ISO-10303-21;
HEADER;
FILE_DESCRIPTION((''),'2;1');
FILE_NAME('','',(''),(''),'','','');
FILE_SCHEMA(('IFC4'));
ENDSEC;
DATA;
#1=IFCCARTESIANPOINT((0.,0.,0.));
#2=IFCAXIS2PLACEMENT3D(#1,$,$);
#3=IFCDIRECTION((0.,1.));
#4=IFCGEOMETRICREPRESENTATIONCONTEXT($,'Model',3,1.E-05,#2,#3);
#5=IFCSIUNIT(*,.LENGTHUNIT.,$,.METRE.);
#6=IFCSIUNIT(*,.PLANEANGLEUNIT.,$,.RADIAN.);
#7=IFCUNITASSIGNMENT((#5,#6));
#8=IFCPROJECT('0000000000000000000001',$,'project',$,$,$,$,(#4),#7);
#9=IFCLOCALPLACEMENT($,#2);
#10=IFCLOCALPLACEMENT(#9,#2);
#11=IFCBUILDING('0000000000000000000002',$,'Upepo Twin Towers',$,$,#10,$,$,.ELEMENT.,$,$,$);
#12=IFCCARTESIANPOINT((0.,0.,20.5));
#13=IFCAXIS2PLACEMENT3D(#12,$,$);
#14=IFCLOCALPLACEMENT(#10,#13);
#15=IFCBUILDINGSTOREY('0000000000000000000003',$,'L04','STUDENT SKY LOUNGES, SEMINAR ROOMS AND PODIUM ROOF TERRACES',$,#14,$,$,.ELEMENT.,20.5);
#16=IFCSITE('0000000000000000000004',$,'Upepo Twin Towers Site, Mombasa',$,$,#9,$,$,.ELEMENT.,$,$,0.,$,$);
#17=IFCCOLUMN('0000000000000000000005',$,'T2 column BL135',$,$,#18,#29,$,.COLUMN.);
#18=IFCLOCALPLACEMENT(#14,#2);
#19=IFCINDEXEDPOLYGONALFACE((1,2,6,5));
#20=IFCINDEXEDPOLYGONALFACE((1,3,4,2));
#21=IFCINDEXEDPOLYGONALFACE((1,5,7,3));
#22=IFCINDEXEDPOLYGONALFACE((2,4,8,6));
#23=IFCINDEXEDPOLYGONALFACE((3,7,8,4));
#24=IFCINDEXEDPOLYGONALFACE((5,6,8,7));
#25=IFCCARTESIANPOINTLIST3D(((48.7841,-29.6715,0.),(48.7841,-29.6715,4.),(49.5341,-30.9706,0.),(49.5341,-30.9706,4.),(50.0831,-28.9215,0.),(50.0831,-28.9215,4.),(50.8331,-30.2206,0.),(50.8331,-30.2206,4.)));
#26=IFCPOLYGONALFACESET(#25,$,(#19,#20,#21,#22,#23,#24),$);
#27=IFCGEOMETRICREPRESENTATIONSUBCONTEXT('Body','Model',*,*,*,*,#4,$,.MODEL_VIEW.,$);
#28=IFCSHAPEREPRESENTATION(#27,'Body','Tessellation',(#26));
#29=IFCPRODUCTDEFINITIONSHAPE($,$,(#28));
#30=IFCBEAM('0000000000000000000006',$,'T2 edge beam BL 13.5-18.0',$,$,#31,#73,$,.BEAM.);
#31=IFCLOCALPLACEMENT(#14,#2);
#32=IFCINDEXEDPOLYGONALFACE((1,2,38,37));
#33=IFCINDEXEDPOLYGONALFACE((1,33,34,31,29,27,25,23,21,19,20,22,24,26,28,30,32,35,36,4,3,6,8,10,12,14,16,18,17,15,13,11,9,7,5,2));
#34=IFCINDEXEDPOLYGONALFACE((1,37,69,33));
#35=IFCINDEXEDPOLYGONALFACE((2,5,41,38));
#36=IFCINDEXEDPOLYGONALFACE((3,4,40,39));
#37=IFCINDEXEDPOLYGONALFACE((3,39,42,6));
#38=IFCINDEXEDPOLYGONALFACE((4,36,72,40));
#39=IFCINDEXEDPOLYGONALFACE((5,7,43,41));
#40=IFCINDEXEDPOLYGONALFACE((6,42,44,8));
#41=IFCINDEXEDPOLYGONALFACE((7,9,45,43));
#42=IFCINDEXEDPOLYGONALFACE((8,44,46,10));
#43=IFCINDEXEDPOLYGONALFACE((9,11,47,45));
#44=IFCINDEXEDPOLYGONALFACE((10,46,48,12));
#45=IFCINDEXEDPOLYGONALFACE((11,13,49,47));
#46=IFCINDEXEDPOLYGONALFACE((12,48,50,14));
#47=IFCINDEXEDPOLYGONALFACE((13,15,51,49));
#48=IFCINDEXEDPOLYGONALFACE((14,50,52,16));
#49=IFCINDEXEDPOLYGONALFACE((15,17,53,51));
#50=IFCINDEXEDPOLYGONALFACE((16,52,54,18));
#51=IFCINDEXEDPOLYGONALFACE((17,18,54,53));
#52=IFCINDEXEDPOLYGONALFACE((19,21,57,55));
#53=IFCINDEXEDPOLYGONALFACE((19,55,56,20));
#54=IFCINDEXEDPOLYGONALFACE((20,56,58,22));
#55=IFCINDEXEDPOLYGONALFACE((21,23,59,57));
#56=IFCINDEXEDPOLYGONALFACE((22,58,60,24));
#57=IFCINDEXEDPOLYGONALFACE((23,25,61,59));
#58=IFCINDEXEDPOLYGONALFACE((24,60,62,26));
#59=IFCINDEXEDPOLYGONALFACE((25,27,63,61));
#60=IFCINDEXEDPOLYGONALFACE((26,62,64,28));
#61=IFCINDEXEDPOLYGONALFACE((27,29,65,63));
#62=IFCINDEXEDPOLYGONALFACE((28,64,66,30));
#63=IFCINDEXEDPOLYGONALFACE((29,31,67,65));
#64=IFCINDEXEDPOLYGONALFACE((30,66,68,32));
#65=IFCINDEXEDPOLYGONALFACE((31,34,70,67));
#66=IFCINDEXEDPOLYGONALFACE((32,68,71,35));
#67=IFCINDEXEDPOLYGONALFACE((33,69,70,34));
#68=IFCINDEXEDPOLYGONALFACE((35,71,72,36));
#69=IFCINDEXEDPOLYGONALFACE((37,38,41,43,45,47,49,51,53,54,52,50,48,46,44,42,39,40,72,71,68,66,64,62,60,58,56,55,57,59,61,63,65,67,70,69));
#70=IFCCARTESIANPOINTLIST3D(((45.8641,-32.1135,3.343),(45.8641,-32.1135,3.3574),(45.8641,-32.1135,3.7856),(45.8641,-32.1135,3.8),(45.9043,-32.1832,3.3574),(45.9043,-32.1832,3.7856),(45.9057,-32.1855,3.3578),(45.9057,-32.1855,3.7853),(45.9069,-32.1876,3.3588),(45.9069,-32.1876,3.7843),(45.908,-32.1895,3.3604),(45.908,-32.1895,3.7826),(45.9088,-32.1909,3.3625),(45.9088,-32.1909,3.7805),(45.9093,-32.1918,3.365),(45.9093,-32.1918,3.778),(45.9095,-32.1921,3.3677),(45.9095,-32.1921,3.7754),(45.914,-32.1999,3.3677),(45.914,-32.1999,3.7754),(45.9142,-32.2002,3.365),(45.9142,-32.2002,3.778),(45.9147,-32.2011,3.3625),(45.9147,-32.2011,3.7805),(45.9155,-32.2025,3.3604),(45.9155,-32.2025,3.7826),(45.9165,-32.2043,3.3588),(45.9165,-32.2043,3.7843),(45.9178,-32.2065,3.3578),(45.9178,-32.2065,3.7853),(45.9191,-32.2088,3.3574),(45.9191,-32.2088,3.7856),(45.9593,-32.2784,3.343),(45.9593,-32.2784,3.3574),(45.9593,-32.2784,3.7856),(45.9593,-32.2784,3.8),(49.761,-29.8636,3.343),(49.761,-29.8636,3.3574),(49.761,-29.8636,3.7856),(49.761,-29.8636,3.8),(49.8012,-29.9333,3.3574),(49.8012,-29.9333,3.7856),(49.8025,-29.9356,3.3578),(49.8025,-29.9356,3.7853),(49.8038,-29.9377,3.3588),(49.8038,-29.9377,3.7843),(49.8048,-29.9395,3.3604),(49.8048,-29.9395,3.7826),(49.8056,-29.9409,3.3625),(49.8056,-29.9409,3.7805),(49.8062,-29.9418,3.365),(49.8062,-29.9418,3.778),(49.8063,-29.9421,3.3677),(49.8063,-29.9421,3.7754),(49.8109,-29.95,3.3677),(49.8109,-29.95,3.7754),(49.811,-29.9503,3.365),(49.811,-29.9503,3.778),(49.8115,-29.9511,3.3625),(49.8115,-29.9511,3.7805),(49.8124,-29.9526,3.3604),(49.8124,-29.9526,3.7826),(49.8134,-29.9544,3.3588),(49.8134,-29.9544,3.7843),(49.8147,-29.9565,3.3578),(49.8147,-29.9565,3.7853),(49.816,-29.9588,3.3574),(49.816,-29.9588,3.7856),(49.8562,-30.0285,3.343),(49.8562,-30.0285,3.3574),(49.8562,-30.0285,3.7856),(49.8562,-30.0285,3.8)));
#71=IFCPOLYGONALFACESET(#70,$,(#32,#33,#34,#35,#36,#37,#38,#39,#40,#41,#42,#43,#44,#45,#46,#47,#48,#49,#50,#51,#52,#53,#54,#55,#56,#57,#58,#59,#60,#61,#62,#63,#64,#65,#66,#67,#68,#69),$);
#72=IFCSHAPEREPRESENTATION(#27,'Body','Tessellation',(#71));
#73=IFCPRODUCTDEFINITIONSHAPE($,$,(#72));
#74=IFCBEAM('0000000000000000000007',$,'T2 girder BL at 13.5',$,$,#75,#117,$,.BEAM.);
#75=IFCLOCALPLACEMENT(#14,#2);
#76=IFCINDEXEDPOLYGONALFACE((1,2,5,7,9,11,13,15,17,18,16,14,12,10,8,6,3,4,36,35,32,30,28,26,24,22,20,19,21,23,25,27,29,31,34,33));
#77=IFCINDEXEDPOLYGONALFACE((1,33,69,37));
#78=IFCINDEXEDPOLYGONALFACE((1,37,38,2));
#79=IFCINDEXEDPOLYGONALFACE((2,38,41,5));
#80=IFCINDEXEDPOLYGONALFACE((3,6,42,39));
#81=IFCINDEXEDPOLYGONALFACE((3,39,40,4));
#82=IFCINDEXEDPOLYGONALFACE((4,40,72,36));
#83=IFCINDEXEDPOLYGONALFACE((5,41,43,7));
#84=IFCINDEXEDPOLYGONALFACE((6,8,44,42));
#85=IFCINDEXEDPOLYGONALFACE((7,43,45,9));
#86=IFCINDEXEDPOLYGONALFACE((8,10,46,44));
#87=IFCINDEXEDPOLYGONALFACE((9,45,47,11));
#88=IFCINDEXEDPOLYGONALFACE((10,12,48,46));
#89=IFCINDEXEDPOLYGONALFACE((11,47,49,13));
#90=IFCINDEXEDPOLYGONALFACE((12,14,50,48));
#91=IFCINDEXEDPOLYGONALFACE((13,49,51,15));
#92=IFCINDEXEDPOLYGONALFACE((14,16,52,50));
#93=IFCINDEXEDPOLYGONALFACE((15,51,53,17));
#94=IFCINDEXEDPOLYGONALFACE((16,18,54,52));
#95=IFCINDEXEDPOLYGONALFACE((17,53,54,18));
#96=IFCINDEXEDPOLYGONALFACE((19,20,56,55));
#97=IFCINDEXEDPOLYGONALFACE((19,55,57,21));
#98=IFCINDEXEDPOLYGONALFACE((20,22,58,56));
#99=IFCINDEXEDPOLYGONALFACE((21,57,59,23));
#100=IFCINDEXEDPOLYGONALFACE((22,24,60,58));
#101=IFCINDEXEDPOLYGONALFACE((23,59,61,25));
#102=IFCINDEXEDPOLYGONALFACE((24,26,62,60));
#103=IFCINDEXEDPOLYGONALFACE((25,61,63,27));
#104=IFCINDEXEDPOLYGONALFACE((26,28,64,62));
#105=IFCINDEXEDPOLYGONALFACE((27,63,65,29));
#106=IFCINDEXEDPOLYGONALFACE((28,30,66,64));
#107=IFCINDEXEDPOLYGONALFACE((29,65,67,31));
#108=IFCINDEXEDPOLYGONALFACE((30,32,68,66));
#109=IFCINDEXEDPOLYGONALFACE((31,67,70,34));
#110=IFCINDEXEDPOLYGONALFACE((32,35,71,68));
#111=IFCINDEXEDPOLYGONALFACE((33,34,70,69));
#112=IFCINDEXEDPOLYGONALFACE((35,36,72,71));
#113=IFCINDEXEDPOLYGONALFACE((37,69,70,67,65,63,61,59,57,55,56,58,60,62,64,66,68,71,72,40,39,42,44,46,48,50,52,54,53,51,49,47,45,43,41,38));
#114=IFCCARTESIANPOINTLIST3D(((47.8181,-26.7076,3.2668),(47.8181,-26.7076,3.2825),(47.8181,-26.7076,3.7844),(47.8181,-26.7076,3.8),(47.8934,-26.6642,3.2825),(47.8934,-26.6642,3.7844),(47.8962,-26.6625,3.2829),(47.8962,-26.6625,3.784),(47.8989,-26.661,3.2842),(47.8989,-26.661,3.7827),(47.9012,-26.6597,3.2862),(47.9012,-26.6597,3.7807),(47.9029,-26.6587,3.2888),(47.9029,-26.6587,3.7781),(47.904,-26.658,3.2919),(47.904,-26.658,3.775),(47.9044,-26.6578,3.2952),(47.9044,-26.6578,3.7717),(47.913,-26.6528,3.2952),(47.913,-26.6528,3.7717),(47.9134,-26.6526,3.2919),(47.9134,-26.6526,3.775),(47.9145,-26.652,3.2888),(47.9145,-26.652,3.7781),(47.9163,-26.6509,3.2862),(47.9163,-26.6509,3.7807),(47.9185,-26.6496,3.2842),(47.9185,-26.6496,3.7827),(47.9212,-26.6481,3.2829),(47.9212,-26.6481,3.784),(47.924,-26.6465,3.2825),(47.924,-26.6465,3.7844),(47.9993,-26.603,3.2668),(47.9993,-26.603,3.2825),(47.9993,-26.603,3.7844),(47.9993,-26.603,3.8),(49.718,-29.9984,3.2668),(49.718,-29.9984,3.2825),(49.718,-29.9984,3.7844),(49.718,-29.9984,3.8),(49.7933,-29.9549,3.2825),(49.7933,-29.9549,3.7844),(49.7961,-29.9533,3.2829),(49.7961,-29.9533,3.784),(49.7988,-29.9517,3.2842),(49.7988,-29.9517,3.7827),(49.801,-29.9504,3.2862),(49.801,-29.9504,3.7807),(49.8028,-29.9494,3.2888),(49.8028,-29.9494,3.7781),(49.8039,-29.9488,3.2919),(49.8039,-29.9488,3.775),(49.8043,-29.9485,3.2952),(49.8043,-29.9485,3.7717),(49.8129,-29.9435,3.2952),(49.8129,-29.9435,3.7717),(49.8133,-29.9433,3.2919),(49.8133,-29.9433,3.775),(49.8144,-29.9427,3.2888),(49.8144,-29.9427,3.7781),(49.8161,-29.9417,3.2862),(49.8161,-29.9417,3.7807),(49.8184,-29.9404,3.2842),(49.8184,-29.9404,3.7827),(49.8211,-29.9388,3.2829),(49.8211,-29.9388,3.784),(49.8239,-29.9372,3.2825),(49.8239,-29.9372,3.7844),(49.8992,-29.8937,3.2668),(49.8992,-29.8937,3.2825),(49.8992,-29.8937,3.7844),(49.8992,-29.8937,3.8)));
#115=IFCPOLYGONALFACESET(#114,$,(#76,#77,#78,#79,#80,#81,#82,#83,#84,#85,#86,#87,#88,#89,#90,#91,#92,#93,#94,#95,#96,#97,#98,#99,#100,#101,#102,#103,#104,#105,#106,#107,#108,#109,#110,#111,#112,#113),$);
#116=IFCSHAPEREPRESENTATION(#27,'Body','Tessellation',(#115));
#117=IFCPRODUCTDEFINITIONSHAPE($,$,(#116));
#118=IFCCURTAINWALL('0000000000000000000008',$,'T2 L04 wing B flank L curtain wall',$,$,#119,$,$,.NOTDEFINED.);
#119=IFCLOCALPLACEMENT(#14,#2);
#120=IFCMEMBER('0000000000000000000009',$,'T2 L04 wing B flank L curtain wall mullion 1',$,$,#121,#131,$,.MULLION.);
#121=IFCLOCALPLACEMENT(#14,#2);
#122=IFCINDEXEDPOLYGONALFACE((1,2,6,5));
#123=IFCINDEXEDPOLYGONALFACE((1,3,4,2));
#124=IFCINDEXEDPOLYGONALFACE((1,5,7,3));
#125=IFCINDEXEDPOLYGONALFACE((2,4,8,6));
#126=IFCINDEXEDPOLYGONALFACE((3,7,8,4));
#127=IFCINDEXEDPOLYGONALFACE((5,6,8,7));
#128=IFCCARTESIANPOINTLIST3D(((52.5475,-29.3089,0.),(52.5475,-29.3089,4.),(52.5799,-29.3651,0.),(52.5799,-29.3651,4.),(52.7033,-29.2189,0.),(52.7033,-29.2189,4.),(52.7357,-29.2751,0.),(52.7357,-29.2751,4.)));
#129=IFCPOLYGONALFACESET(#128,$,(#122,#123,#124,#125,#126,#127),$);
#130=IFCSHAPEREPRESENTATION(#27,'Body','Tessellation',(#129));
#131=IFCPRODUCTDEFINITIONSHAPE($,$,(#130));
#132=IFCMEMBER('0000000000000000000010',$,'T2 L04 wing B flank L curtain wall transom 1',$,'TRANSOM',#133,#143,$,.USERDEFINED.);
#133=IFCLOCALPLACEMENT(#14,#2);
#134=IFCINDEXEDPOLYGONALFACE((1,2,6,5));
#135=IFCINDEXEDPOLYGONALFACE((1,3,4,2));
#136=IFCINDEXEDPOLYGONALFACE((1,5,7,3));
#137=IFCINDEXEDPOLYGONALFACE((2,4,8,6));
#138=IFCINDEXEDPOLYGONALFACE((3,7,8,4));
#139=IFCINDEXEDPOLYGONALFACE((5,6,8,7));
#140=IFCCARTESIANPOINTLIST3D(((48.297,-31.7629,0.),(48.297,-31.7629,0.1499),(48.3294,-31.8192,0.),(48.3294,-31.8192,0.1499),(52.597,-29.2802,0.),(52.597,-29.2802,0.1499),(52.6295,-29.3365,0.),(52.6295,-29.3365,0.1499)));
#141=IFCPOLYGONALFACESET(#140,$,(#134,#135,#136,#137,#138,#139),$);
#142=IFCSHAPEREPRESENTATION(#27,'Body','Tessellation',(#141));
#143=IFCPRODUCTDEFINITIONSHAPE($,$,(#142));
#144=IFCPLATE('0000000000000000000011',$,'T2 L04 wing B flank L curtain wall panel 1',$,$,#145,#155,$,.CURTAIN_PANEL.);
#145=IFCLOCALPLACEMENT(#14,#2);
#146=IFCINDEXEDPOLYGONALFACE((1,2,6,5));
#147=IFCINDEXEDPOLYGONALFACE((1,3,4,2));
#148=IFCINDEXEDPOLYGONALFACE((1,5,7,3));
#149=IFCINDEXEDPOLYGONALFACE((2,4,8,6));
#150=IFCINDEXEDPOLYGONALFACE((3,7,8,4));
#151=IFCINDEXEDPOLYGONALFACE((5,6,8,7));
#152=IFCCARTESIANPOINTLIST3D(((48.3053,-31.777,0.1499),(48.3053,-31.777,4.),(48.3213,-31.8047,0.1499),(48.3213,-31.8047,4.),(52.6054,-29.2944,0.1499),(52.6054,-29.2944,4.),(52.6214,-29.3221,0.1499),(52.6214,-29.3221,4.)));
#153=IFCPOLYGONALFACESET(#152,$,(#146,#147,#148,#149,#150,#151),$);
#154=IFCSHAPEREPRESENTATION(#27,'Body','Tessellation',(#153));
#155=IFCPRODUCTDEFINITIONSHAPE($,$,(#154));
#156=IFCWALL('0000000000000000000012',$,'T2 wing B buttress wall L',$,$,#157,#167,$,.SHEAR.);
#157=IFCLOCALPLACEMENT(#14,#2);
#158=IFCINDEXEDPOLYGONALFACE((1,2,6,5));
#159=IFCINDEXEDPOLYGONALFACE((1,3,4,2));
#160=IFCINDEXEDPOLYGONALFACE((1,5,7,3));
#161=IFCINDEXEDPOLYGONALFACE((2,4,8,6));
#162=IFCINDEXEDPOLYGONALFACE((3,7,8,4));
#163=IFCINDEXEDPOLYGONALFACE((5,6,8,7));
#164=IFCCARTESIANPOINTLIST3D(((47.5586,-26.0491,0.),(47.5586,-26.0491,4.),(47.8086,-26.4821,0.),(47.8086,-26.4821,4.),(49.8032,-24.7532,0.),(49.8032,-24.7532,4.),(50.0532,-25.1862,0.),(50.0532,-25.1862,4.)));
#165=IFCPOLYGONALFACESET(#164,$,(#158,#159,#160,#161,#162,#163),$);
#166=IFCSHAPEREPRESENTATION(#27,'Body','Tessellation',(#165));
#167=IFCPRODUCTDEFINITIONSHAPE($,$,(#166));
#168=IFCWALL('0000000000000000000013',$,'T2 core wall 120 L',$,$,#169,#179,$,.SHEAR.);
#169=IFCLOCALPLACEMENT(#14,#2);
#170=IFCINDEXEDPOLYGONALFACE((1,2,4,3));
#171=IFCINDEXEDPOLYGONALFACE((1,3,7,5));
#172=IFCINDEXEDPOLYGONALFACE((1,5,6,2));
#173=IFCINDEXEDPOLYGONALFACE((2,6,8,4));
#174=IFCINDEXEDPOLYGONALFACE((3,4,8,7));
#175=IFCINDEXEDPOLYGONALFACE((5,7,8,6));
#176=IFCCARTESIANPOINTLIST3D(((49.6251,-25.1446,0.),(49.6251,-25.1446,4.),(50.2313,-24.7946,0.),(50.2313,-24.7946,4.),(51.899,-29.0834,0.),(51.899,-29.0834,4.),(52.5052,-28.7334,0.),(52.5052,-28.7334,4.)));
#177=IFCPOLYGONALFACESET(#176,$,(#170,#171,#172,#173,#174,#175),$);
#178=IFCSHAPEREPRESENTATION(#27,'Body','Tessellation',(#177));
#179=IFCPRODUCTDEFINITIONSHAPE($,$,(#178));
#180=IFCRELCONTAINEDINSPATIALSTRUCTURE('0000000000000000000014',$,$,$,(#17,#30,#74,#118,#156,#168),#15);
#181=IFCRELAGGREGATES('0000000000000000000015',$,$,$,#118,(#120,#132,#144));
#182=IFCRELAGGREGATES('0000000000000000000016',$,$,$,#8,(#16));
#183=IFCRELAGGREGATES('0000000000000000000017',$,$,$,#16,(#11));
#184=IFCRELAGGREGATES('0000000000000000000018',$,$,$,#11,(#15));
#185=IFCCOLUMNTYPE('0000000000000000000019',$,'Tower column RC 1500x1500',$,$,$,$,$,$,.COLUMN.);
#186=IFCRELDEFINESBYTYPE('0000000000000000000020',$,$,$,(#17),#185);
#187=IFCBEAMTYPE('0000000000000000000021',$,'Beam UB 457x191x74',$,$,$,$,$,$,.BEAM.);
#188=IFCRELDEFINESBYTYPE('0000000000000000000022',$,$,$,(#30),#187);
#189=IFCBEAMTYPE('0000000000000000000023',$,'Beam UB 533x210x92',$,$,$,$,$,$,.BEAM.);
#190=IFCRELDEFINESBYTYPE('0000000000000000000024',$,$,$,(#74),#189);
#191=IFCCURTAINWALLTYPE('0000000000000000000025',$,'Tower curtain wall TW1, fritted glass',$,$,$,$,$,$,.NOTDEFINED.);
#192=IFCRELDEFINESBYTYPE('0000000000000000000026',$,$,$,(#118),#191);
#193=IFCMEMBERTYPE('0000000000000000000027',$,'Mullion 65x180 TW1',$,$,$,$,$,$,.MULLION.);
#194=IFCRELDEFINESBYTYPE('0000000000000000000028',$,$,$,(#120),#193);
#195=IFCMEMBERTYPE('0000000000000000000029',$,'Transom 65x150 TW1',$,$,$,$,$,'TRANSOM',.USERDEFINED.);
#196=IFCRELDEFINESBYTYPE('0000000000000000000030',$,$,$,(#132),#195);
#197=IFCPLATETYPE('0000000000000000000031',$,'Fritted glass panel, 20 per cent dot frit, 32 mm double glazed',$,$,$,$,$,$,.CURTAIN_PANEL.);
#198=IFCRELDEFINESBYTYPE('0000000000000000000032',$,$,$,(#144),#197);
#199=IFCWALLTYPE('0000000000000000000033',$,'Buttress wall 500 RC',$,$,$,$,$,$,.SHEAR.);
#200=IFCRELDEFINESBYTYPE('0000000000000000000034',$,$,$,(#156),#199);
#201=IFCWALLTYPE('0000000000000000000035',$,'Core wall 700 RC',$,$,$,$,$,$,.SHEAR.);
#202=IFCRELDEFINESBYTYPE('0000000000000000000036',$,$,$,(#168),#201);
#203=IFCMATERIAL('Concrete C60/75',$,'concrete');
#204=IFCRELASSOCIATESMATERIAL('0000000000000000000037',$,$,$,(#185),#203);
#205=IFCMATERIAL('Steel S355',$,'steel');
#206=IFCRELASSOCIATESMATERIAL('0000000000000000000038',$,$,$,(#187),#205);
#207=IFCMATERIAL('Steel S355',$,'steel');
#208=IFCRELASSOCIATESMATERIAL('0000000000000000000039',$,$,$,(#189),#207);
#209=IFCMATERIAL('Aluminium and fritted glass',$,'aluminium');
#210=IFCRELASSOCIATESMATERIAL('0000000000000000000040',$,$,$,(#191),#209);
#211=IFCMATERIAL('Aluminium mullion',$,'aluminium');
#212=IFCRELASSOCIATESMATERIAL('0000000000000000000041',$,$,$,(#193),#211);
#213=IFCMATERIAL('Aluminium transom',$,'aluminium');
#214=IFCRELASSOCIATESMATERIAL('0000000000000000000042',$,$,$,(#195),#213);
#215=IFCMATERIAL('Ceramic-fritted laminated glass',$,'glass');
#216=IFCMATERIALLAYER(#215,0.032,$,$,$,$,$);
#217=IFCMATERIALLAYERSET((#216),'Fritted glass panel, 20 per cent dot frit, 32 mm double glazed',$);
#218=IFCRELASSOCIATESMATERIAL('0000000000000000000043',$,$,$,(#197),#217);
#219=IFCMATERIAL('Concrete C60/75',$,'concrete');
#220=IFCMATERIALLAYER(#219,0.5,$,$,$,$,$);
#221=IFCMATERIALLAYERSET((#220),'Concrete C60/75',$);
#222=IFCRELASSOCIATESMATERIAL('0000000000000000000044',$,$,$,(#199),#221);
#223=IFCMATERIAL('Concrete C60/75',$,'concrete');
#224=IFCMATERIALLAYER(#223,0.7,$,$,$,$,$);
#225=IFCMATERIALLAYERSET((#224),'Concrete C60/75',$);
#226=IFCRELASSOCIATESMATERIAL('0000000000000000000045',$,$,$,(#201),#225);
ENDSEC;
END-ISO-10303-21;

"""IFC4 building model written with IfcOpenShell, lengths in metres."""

from ifc_helpers import new_model, si_unit, direction, frame, frame_2d, origin, origin_2d, place, context, subcontext, project, spatial, rectangle, i_section, extrude, material, layer, layer_set, material_profile, profile_set, type_object, element, aggregate, save


model = new_model("IFC4")

# Units and contexts
model_context = context("Model", 3, precision=1e-05, world=origin(), true_north=direction((0.0, 1.0)))
body_context = subcontext(model_context, "Body", "Model", "MODEL_VIEW")
ifc_project = project(units=[si_unit("LENGTHUNIT", "METRE"), si_unit("PLANEANGLEUNIT", "RADIAN")], contexts=[model_context])

# Site, building, storey
site_placement = place(None, origin())
site = spatial("IfcSite", under=ifc_project, at=site_placement, Name="Upepo Twin Towers Site, Mombasa", CompositionType="ELEMENT", RefElevation=0.0)
building_placement = place(site_placement, origin())
building = spatial("IfcBuilding", under=site, at=building_placement, Name="Upepo Twin Towers", CompositionType="ELEMENT")
storey_placement = place(building_placement, frame((0.0, 0.0, 20.5)))
storey = spatial("IfcBuildingStorey", under=building, at=storey_placement, Name="L04", Description="STUDENT SKY LOUNGES, SEMINAR ROOMS AND PODIUM ROOF TERRACES", CompositionType="ELEMENT", Elevation=20.5)

# Column
ifc_material_1 = material(Name="Concrete C60/75", Category="concrete")
ifc_material_profile_1 = material_profile(ifc_material_1, rectangle(XDim=1.5, YDim=1.5, at=origin_2d()), Name="RC 1500x1500")
ifc_profile_set_1 = profile_set([ifc_material_profile_1], Name="Concrete C60/75")
column_type = type_object("IfcColumnType", Name="Tower column RC 1500x1500", PredefinedType="COLUMN", material=ifc_profile_set_1)
column_placement = place(storey_placement, frame((49.8086, -29.946, 0.0), z_axis=(0.0, 0.0, 1.0), x_axis=(0.866025, 0.5, 0.0)))
element("IfcColumn", 1, at=column_placement, inside=storey, type_object=column_type, Name="T2 column BL135", PredefinedType="COLUMN", context=body_context, shape_type="SweptSolid", body=[
    extrude(rectangle(XDim=1.5, YDim=1.5, at=origin_2d()), origin(), (0.0, 0.0, 1.0), 4.0),
])

# Beams
ifc_material_2 = material(Name="Steel S355", Category="steel")
ifc_material_profile_2 = material_profile(ifc_material_2, i_section(OverallWidth=0.1904, OverallDepth=0.457, WebThickness=0.009, FlangeThickness=0.0144, FilletRadius=0.0103, at=origin_2d()), Name="UB 457x191x74")
ifc_profile_set_2 = profile_set([ifc_material_profile_2], Name="Steel S355")
beam_type_1 = type_object("IfcBeamType", Name="Beam UB 457x191x74", PredefinedType="BEAM", material=ifc_profile_set_2)
beam_1_placement = place(storey_placement, frame((49.8086, -29.946, 3.5715), z_axis=(-0.866018, -0.500014, 0.0), x_axis=(0.500014, -0.866018, 0.0)))
element("IfcBeam", 2, at=beam_1_placement, inside=storey, type_object=beam_type_1, Name="T2 edge beam BL 13.5-18.0", PredefinedType="BEAM", context=body_context, shape_type="SweptSolid", body=[
    extrude(i_section(OverallWidth=0.1904, OverallDepth=0.457, WebThickness=0.009, FlangeThickness=0.0144, FilletRadius=0.0103, at=origin_2d()), origin(), (0.0, 0.0, 1.0), 4.4998),
])
ifc_material_3 = material(Name="Steel S355", Category="steel")
ifc_material_profile_3 = material_profile(ifc_material_3, i_section(OverallWidth=0.2092, OverallDepth=0.5332, WebThickness=0.01, FlangeThickness=0.0156, FilletRadius=0.0127, at=origin_2d()), Name="UB 533x210x92")
ifc_profile_set_3 = profile_set([ifc_material_profile_3], Name="Steel S355")
beam_type_2 = type_object("IfcBeamType", Name="Beam UB 533x210x92", PredefinedType="BEAM", material=ifc_profile_set_3)
beam_2_placement = place(storey_placement, frame((49.8086, -29.946, 3.5334), z_axis=(-0.499995, 0.866028, 0.0), x_axis=(-0.866028, -0.499995, 0.0)))
element("IfcBeam", 3, at=beam_2_placement, inside=storey, type_object=beam_type_2, Name="T2 girder BL at 13.5", PredefinedType="BEAM", context=body_context, shape_type="SweptSolid", body=[
    extrude(i_section(OverallWidth=0.2092, OverallDepth=0.5332, WebThickness=0.01, FlangeThickness=0.0156, FilletRadius=0.0127, at=origin_2d()), origin(), (0.0, 0.0, 1.0), 3.7998),
])

# Curtain wall, members, plate
ifc_material_4 = material(Name="Aluminium and fritted glass", Category="aluminium")
curtain_wall_type = type_object("IfcCurtainWallType", Name="Tower curtain wall TW1, fritted glass", PredefinedType="NOTDEFINED", material=ifc_material_4)
curtain_wall_placement = place(storey_placement, origin())
curtain_wall = element("IfcCurtainWall", 4, at=curtain_wall_placement, inside=storey, type_object=curtain_wall_type, Name="T2 L04 wing B flank L curtain wall", PredefinedType="NOTDEFINED")
ifc_material_5 = material(Name="Aluminium mullion", Category="aluminium")
ifc_material_profile_4 = material_profile(ifc_material_5, rectangle(XDim=0.0649, YDim=0.1799, at=origin_2d()), Name="MULLION 65x180")
ifc_profile_set_4 = profile_set([ifc_material_profile_4], Name="Aluminium mullion")
member_type_1 = type_object("IfcMemberType", Name="Mullion 65x180 TW1", PredefinedType="MULLION", material=ifc_profile_set_4)
member_1_placement = place(storey_placement, frame((52.6416, -29.292, 0.0), z_axis=(0.0, 0.0, 1.0), x_axis=(0.5, -0.866025, 0.0)))
member_1 = element("IfcMember", 5, at=member_1_placement, type_object=member_type_1, Name="T2 L04 wing B flank L curtain wall mullion 1", PredefinedType="MULLION", context=body_context, shape_type="SweptSolid", body=[
    extrude(rectangle(XDim=0.0649, YDim=0.1799, at=origin_2d()), origin(), (0.0, 0.0, 1.0), 4.0),
])
ifc_material_6 = material(Name="Aluminium transom", Category="aluminium")
ifc_material_profile_5 = material_profile(ifc_material_6, rectangle(XDim=0.0649, YDim=0.1499, at=origin_2d()), Name="TRANSOM 65x150")
ifc_profile_set_5 = profile_set([ifc_material_profile_5], Name="Aluminium transom")
member_type_2 = type_object("IfcMemberType", Name="Transom 65x150 TW1", ElementType="TRANSOM", PredefinedType="USERDEFINED", material=ifc_profile_set_5)
member_2_placement = place(storey_placement, frame((52.6133, -29.3083, 0.075), z_axis=(-0.866023, -0.500005, 0.0), x_axis=(0.500005, -0.866023, 0.0)))
member_2 = element("IfcMember", 6, at=member_2_placement, type_object=member_type_2, Name="T2 L04 wing B flank L curtain wall transom 1", ObjectType="TRANSOM", PredefinedType="USERDEFINED", context=body_context, shape_type="SweptSolid", body=[
    extrude(rectangle(XDim=0.0649, YDim=0.1499, at=origin_2d()), origin(), (0.0, 0.0, 1.0), 4.9653),
])
ifc_material_7 = material(Name="Ceramic-fritted laminated glass", Category="glass")
ifc_layer_1 = layer(ifc_material_7, 0.032)
ifc_layer_set_1 = layer_set([ifc_layer_1], Name="Fritted glass panel, 20 per cent dot frit, 32 mm double glazed")
plate_type = type_object("IfcPlateType", Name="Fritted glass panel, 20 per cent dot frit, 32 mm double glazed", PredefinedType="CURTAIN_PANEL", material=ifc_layer_set_1)
plate_placement = place(storey_placement, frame((50.4634, -30.5496, 0.1499), z_axis=(0.0, 0.0, 1.0), x_axis=(-0.866025, -0.5, 0.0)))
plate = element("IfcPlate", 7, at=plate_placement, type_object=plate_type, Name="T2 L04 wing B flank L curtain wall panel 1", PredefinedType="CURTAIN_PANEL", context=body_context, shape_type="SweptSolid", body=[
    extrude(rectangle(XDim=4.9653, YDim=0.032, at=origin_2d()), origin(), (0.0, 0.0, 1.0), 3.8501),
])
aggregate(curtain_wall, [member_1, member_2, plate])

# Walls
ifc_material_8 = material(Name="Concrete C60/75", Category="concrete")
ifc_layer_2 = layer(ifc_material_8, 0.5)
ifc_layer_set_2 = layer_set([ifc_layer_2], Name="Concrete C60/75")
wall_type_1 = type_object("IfcWallType", Name="Buttress wall 500 RC", PredefinedType="SHEAR", material=ifc_layer_set_2)
wall_1_placement = place(storey_placement, frame((49.9282, -24.9697, 0.0), z_axis=(0.0, 0.0, 1.0), x_axis=(-0.866032, -0.499989, 0.0)))
element("IfcWall", 8, at=wall_1_placement, inside=storey, type_object=wall_type_1, Name="T2 wing B buttress wall L", PredefinedType="SHEAR", context=body_context, shape_type="SweptSolid", body=[
    extrude(rectangle(XDim=2.5918, YDim=0.5, at=frame_2d((1.2959, 0.0))), origin(), (0.0, 0.0, 1.0), 4.0),
])
ifc_material_9 = material(Name="Concrete C60/75", Category="concrete")
ifc_layer_3 = layer(ifc_material_9, 0.7)
ifc_layer_set_3 = layer_set([ifc_layer_3], Name="Concrete C60/75")
wall_type_2 = type_object("IfcWallType", Name="Core wall 700 RC", PredefinedType="SHEAR", material=ifc_layer_set_3)
wall_2_placement = place(storey_placement, frame((49.9282, -24.9697, 0.0), z_axis=(0.0, 0.0, 1.0), x_axis=(0.499984, -0.866035, 0.0)))
element("IfcWall", 9, at=wall_2_placement, inside=storey, type_object=wall_type_2, Name="T2 core wall 120 L", PredefinedType="SHEAR", context=body_context, shape_type="SweptSolid", body=[
    extrude(rectangle(XDim=4.5481, YDim=0.7, at=frame_2d((2.2739, 0.0))), origin(), (0.0, 0.0, 1.0), 4.0),
])

save(model, "model.ifc")
